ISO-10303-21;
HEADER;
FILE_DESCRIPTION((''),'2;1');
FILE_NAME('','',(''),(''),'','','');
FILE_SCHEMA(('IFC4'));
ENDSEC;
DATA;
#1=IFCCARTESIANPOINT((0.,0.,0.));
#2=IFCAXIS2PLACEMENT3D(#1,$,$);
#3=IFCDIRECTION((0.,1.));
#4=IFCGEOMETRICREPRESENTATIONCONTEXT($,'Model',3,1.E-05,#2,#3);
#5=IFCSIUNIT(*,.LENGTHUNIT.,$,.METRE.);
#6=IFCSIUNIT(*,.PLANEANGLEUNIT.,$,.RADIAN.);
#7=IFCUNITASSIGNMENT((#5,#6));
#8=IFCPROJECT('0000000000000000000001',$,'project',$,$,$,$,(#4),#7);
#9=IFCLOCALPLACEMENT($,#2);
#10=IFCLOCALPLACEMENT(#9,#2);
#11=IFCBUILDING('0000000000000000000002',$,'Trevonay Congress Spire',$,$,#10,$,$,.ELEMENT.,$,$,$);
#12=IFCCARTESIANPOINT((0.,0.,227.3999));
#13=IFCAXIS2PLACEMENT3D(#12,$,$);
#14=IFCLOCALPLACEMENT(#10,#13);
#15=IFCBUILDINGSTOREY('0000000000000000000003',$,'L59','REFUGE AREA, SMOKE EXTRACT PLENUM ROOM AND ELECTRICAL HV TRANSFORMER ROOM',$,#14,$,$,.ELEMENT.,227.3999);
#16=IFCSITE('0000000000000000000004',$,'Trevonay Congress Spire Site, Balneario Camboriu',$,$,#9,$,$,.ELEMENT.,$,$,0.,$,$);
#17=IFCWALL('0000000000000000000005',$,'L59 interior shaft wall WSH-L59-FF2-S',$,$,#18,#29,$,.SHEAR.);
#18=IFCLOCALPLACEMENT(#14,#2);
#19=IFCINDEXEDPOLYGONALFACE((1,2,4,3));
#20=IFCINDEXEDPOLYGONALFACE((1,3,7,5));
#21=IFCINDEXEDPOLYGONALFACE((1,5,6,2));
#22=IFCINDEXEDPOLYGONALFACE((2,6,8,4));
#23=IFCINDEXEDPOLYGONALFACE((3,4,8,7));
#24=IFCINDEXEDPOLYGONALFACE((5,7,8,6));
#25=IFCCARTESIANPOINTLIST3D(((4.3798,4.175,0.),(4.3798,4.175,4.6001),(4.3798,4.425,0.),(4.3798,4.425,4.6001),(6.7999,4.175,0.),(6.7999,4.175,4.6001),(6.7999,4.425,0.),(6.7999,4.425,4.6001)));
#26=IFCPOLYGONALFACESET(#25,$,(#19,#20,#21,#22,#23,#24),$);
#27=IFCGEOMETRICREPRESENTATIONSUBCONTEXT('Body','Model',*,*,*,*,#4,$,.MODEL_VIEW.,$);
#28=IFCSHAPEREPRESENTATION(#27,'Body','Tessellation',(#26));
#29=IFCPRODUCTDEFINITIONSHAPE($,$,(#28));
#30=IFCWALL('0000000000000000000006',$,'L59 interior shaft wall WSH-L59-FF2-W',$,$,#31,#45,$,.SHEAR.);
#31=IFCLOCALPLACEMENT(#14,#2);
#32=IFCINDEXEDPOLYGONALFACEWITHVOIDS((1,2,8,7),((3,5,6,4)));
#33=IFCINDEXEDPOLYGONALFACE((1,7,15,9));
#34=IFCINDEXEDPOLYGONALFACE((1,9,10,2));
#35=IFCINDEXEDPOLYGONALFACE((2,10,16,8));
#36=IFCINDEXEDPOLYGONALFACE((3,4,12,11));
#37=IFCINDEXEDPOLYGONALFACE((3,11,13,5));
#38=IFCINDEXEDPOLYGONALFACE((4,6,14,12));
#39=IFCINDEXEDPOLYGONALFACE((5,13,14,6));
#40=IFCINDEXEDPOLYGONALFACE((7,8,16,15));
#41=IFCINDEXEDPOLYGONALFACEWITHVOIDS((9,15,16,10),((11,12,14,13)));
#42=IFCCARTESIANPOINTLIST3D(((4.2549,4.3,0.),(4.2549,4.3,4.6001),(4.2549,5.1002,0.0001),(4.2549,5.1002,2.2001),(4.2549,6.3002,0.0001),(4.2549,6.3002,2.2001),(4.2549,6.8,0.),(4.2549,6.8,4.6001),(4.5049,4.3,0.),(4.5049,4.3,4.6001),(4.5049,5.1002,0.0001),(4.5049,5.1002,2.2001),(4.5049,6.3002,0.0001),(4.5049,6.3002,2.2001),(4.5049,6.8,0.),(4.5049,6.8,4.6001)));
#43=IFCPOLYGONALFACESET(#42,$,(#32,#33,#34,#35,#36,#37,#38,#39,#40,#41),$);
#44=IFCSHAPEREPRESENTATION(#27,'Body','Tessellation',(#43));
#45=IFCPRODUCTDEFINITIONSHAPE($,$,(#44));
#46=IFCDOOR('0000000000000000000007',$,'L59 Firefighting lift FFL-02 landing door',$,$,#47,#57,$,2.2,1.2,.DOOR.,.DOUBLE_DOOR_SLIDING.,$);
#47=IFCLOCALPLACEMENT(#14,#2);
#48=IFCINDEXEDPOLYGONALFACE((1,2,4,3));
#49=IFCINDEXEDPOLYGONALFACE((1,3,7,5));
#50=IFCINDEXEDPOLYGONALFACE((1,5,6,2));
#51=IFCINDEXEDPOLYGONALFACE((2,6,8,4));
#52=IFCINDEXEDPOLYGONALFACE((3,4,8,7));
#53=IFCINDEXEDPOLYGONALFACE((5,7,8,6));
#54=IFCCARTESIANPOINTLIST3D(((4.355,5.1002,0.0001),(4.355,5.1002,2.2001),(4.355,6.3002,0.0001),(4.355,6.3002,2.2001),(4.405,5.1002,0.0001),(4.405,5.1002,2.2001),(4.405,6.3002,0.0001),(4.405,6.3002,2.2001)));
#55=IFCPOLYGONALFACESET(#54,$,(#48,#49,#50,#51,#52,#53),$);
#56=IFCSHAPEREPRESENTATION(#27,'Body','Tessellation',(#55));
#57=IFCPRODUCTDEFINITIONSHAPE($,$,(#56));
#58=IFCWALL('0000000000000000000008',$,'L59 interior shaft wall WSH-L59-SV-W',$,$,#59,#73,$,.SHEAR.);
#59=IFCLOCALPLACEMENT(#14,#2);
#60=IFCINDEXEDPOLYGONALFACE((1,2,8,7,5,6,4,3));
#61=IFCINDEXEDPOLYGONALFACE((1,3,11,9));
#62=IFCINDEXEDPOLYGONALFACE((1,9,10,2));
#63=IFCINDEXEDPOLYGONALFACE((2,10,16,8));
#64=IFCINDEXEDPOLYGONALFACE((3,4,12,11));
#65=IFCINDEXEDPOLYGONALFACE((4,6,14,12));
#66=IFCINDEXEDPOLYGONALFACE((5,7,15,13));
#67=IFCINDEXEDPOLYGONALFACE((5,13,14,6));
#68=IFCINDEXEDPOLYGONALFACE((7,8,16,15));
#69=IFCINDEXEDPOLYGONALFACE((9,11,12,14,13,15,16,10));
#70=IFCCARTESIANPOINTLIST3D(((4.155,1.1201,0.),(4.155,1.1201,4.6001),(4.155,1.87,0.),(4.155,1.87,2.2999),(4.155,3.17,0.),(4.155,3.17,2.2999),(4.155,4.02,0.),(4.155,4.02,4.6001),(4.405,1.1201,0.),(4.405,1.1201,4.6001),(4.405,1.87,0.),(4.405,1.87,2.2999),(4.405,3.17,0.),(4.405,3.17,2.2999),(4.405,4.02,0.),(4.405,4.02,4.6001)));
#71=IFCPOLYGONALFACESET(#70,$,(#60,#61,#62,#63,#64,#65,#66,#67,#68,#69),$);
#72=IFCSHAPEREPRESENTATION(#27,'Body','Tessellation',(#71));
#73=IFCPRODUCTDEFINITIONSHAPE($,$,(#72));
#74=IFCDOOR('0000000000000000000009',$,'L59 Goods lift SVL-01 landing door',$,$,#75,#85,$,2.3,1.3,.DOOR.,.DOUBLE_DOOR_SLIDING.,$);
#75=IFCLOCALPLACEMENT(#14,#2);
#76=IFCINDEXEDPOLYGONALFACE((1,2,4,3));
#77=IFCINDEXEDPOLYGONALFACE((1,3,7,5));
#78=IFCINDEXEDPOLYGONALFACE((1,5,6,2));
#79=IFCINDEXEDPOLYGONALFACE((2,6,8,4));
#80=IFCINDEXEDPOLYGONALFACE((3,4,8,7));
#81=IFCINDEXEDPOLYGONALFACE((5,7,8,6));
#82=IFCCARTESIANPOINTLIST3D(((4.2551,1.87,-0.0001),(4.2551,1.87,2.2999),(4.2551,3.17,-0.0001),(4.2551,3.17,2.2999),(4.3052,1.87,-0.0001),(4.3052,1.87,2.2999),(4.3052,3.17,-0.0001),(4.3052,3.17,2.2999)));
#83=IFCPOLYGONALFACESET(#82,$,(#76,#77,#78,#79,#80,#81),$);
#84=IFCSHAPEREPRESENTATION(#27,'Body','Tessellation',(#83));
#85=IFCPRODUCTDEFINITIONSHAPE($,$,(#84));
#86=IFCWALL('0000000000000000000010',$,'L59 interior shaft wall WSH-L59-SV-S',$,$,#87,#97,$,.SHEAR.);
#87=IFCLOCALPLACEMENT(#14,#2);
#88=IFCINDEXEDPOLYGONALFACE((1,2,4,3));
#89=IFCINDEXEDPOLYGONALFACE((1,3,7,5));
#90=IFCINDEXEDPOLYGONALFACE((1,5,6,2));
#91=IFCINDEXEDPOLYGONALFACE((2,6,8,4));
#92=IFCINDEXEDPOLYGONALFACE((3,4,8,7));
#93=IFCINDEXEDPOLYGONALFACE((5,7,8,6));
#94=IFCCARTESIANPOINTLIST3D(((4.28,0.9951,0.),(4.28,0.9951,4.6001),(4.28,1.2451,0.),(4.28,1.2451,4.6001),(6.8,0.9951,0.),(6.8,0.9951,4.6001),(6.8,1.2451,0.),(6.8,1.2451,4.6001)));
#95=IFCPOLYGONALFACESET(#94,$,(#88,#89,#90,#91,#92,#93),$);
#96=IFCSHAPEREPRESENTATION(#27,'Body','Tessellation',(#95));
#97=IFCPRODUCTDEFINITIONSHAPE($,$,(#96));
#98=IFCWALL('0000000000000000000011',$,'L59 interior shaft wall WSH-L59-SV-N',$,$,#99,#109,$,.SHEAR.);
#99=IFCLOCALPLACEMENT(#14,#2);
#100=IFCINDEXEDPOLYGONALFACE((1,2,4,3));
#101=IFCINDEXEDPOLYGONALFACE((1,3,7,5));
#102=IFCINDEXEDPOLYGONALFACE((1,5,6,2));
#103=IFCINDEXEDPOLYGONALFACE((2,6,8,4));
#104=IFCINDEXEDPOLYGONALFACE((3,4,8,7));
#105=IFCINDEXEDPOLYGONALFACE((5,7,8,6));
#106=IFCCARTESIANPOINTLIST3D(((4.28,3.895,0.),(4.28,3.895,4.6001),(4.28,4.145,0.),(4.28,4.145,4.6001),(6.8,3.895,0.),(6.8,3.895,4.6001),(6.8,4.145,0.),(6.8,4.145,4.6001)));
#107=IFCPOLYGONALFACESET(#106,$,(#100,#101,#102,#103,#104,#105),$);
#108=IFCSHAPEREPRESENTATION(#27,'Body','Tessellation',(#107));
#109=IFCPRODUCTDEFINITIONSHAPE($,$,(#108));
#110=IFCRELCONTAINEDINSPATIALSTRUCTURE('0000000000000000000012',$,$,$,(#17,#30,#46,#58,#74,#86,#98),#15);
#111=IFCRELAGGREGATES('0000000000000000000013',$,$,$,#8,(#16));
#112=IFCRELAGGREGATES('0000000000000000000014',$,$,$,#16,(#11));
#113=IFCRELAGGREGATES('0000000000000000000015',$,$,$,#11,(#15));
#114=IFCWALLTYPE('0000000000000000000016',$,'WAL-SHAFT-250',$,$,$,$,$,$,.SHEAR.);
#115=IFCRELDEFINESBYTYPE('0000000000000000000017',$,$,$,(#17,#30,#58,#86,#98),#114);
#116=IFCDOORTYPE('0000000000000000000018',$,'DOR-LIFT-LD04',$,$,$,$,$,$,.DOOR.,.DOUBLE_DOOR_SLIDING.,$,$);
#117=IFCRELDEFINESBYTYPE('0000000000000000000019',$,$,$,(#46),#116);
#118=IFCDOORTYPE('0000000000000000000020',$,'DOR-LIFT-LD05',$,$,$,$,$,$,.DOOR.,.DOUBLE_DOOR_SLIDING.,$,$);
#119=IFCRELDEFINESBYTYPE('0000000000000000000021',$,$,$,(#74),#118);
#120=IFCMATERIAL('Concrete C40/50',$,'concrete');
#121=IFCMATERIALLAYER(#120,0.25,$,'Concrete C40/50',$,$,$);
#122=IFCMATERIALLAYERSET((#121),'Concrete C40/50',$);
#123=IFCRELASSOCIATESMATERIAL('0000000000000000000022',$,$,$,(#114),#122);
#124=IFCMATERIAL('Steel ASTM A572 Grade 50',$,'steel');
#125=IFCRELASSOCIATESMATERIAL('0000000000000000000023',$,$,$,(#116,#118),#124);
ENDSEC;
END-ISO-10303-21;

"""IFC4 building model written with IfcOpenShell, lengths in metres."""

from ifc_helpers import new_model, si_unit, direction, frame, frame_2d, origin, place, context, subcontext, project, spatial, rectangle, extrude, material, layer, layer_set, type_object, element, fill, save


model = new_model("IFC4")

# Units and contexts
model_context = context("Model", 3, precision=1e-05, world=origin(), true_north=direction((0.0, 1.0)))
body_context = subcontext(model_context, "Body", "Model", "MODEL_VIEW")
ifc_project = project(units=[si_unit("LENGTHUNIT", "METRE"), si_unit("PLANEANGLEUNIT", "RADIAN")], contexts=[model_context])

# Site, building, storey
site_placement = place(None, origin())
site = spatial("IfcSite", under=ifc_project, at=site_placement, Name="Trevonay Congress Spire Site, Balneario Camboriu", CompositionType="ELEMENT", RefElevation=0.0)
building_placement = place(site_placement, origin())
building = spatial("IfcBuilding", under=site, at=building_placement, Name="Trevonay Congress Spire", CompositionType="ELEMENT")
storey_placement = place(building_placement, frame((0.0, 0.0, 227.3999)))
storey = spatial("IfcBuildingStorey", under=building, at=storey_placement, Name="L59", Description="REFUGE AREA, SMOKE EXTRACT PLENUM ROOM AND ELECTRICAL HV TRANSFORMER ROOM", CompositionType="ELEMENT", Elevation=227.3999)

# Shared definitions
ifc_material_1 = material(Name="Steel ASTM A572 Grade 50", Category="steel")

# Wall
ifc_material_2 = material(Name="Concrete C40/50", Category="concrete")
ifc_layer_1 = layer(ifc_material_2, 0.25, Name="Concrete C40/50")
ifc_layer_set_1 = layer_set([ifc_layer_1], Name="Concrete C40/50")
wall_type = type_object("IfcWallType", Name="WAL-SHAFT-250", PredefinedType="SHEAR", material=ifc_layer_set_1)
wall_1_placement = place(storey_placement, frame((4.3799, 4.3, 0.0), z_axis=(0.0, 0.0, 1.0), x_axis=(1.0, 0.0, 0.0)))
element("IfcWall", 1, at=wall_1_placement, inside=storey, type_object=wall_type, Name="L59 interior shaft wall WSH-L59-FF2-S", PredefinedType="SHEAR", context=body_context, shape_type="SweptSolid", body=[
    extrude(rectangle(XDim=2.4202, YDim=0.25, at=frame_2d((1.21, 0.0))), origin(), (0.0, 0.0, 1.0), 4.6001),
])

# Walls, openings, doors
wall_2_placement = place(storey_placement, frame((4.3799, 4.3, 0.0), z_axis=(0.0, 0.0, 1.0), x_axis=(0.0, 1.0, 0.0)))
wall_2 = element("IfcWall", 2, at=wall_2_placement, inside=storey, type_object=wall_type, Name="L59 interior shaft wall WSH-L59-FF2-W", PredefinedType="SHEAR", context=body_context, shape_type="SweptSolid", body=[
    extrude(rectangle(XDim=2.5, YDim=0.25, at=frame_2d((1.25, 0.0))), origin(), (0.0, 0.0, 1.0), 4.6001),
])
opening_1_placement = place(wall_2_placement, frame((0.8, 0.0, 0.0)))
opening_1 = element("IfcOpeningElement", 3, at=opening_1_placement, cuts=wall_2, PredefinedType="OPENING", context=body_context, shape_type="SweptSolid", body=[
    extrude(rectangle(XDim=1.2, YDim=2.2, at=frame_2d((0.6001, 1.1001))), frame((0.0, 0.135, 0.0), z_axis=(0.0, -1.0, 0.0), x_axis=(1.0, 0.0, 0.0)), (0.0, 0.0, 1.0), 0.27),
])
door_type_1 = type_object("IfcDoorType", Name="DOR-LIFT-LD04", OperationType="DOUBLE_DOOR_SLIDING", PredefinedType="DOOR", material=ifc_material_1)
door_1_placement = place(opening_1_placement, origin())
door_1 = element("IfcDoor", 4, at=door_1_placement, inside=storey, type_object=door_type_1, Name="L59 Firefighting lift FFL-02 landing door", OperationType="DOUBLE_DOOR_SLIDING", OverallHeight=2.2, OverallWidth=1.2, PredefinedType="DOOR", context=body_context, shape_type="SweptSolid", body=[
    extrude(rectangle(XDim=1.2, YDim=2.2, at=frame_2d((0.6001, 1.1001))), frame((0.0, 0.0249, 0.0), z_axis=(0.0, -1.0, 0.0), x_axis=(1.0, 0.0, 0.0)), (0.0, 0.0, 1.0), 0.05),
])
fill(opening_1, door_1)
wall_3_placement = place(storey_placement, frame((4.28, 1.1201, 0.0), z_axis=(0.0, 0.0, 1.0), x_axis=(0.0, 1.0, 0.0)))
wall_3 = element("IfcWall", 5, at=wall_3_placement, inside=storey, type_object=wall_type, Name="L59 interior shaft wall WSH-L59-SV-W", PredefinedType="SHEAR", context=body_context, shape_type="SweptSolid", body=[
    extrude(rectangle(XDim=2.8999, YDim=0.25, at=frame_2d((1.45, 0.0))), origin(), (0.0, 0.0, 1.0), 4.6001),
])
opening_2_placement = place(wall_3_placement, frame((0.75, 0.0, 0.0)))
opening_2 = element("IfcOpeningElement", 6, at=opening_2_placement, cuts=wall_3, PredefinedType="OPENING", context=body_context, shape_type="SweptSolid", body=[
    extrude(rectangle(XDim=1.3, YDim=2.3, at=frame_2d((0.6499, 1.1499))), frame((0.0, 0.135, 0.0), z_axis=(0.0, -1.0, 0.0), x_axis=(1.0, 0.0, 0.0)), (0.0, 0.0, 1.0), 0.27),
])
door_type_2 = type_object("IfcDoorType", Name="DOR-LIFT-LD05", OperationType="DOUBLE_DOOR_SLIDING", PredefinedType="DOOR", material=ifc_material_1)
door_2_placement = place(opening_2_placement, origin())
door_2 = element("IfcDoor", 7, at=door_2_placement, inside=storey, type_object=door_type_2, Name="L59 Goods lift SVL-01 landing door", OperationType="DOUBLE_DOOR_SLIDING", OverallHeight=2.3, OverallWidth=1.3, PredefinedType="DOOR", context=body_context, shape_type="SweptSolid", body=[
    extrude(rectangle(XDim=1.3, YDim=2.3, at=frame_2d((0.6499, 1.1499))), frame((0.0, 0.0249, 0.0), z_axis=(0.0, -1.0, 0.0), x_axis=(1.0, 0.0, 0.0)), (0.0, 0.0, 1.0), 0.05),
])
fill(opening_2, door_2)

# Walls
for number, where, z_axis, x_axis, name in (
    (8, (4.28, 1.1201, 0.0), (0.0, 0.0, 1.0), (1.0, 0.0, 0.0), "L59 interior shaft wall WSH-L59-SV-S"),
    (9, (4.28, 4.02, 0.0), (0.0, 0.0, 1.0), (1.0, 0.0, 0.0), "L59 interior shaft wall WSH-L59-SV-N"),
):
    element("IfcWall", number, at=place(storey_placement, frame(where, z_axis=z_axis, x_axis=x_axis)), inside=storey, type_object=wall_type, Name=name, PredefinedType="SHEAR", context=body_context, shape_type="SweptSolid", body=[
        extrude(rectangle(XDim=2.52, YDim=0.25, at=frame_2d((1.26, 0.0))), origin(), (0.0, 0.0, 1.0), 4.6001),
    ])

save(model, "model.ifc")
